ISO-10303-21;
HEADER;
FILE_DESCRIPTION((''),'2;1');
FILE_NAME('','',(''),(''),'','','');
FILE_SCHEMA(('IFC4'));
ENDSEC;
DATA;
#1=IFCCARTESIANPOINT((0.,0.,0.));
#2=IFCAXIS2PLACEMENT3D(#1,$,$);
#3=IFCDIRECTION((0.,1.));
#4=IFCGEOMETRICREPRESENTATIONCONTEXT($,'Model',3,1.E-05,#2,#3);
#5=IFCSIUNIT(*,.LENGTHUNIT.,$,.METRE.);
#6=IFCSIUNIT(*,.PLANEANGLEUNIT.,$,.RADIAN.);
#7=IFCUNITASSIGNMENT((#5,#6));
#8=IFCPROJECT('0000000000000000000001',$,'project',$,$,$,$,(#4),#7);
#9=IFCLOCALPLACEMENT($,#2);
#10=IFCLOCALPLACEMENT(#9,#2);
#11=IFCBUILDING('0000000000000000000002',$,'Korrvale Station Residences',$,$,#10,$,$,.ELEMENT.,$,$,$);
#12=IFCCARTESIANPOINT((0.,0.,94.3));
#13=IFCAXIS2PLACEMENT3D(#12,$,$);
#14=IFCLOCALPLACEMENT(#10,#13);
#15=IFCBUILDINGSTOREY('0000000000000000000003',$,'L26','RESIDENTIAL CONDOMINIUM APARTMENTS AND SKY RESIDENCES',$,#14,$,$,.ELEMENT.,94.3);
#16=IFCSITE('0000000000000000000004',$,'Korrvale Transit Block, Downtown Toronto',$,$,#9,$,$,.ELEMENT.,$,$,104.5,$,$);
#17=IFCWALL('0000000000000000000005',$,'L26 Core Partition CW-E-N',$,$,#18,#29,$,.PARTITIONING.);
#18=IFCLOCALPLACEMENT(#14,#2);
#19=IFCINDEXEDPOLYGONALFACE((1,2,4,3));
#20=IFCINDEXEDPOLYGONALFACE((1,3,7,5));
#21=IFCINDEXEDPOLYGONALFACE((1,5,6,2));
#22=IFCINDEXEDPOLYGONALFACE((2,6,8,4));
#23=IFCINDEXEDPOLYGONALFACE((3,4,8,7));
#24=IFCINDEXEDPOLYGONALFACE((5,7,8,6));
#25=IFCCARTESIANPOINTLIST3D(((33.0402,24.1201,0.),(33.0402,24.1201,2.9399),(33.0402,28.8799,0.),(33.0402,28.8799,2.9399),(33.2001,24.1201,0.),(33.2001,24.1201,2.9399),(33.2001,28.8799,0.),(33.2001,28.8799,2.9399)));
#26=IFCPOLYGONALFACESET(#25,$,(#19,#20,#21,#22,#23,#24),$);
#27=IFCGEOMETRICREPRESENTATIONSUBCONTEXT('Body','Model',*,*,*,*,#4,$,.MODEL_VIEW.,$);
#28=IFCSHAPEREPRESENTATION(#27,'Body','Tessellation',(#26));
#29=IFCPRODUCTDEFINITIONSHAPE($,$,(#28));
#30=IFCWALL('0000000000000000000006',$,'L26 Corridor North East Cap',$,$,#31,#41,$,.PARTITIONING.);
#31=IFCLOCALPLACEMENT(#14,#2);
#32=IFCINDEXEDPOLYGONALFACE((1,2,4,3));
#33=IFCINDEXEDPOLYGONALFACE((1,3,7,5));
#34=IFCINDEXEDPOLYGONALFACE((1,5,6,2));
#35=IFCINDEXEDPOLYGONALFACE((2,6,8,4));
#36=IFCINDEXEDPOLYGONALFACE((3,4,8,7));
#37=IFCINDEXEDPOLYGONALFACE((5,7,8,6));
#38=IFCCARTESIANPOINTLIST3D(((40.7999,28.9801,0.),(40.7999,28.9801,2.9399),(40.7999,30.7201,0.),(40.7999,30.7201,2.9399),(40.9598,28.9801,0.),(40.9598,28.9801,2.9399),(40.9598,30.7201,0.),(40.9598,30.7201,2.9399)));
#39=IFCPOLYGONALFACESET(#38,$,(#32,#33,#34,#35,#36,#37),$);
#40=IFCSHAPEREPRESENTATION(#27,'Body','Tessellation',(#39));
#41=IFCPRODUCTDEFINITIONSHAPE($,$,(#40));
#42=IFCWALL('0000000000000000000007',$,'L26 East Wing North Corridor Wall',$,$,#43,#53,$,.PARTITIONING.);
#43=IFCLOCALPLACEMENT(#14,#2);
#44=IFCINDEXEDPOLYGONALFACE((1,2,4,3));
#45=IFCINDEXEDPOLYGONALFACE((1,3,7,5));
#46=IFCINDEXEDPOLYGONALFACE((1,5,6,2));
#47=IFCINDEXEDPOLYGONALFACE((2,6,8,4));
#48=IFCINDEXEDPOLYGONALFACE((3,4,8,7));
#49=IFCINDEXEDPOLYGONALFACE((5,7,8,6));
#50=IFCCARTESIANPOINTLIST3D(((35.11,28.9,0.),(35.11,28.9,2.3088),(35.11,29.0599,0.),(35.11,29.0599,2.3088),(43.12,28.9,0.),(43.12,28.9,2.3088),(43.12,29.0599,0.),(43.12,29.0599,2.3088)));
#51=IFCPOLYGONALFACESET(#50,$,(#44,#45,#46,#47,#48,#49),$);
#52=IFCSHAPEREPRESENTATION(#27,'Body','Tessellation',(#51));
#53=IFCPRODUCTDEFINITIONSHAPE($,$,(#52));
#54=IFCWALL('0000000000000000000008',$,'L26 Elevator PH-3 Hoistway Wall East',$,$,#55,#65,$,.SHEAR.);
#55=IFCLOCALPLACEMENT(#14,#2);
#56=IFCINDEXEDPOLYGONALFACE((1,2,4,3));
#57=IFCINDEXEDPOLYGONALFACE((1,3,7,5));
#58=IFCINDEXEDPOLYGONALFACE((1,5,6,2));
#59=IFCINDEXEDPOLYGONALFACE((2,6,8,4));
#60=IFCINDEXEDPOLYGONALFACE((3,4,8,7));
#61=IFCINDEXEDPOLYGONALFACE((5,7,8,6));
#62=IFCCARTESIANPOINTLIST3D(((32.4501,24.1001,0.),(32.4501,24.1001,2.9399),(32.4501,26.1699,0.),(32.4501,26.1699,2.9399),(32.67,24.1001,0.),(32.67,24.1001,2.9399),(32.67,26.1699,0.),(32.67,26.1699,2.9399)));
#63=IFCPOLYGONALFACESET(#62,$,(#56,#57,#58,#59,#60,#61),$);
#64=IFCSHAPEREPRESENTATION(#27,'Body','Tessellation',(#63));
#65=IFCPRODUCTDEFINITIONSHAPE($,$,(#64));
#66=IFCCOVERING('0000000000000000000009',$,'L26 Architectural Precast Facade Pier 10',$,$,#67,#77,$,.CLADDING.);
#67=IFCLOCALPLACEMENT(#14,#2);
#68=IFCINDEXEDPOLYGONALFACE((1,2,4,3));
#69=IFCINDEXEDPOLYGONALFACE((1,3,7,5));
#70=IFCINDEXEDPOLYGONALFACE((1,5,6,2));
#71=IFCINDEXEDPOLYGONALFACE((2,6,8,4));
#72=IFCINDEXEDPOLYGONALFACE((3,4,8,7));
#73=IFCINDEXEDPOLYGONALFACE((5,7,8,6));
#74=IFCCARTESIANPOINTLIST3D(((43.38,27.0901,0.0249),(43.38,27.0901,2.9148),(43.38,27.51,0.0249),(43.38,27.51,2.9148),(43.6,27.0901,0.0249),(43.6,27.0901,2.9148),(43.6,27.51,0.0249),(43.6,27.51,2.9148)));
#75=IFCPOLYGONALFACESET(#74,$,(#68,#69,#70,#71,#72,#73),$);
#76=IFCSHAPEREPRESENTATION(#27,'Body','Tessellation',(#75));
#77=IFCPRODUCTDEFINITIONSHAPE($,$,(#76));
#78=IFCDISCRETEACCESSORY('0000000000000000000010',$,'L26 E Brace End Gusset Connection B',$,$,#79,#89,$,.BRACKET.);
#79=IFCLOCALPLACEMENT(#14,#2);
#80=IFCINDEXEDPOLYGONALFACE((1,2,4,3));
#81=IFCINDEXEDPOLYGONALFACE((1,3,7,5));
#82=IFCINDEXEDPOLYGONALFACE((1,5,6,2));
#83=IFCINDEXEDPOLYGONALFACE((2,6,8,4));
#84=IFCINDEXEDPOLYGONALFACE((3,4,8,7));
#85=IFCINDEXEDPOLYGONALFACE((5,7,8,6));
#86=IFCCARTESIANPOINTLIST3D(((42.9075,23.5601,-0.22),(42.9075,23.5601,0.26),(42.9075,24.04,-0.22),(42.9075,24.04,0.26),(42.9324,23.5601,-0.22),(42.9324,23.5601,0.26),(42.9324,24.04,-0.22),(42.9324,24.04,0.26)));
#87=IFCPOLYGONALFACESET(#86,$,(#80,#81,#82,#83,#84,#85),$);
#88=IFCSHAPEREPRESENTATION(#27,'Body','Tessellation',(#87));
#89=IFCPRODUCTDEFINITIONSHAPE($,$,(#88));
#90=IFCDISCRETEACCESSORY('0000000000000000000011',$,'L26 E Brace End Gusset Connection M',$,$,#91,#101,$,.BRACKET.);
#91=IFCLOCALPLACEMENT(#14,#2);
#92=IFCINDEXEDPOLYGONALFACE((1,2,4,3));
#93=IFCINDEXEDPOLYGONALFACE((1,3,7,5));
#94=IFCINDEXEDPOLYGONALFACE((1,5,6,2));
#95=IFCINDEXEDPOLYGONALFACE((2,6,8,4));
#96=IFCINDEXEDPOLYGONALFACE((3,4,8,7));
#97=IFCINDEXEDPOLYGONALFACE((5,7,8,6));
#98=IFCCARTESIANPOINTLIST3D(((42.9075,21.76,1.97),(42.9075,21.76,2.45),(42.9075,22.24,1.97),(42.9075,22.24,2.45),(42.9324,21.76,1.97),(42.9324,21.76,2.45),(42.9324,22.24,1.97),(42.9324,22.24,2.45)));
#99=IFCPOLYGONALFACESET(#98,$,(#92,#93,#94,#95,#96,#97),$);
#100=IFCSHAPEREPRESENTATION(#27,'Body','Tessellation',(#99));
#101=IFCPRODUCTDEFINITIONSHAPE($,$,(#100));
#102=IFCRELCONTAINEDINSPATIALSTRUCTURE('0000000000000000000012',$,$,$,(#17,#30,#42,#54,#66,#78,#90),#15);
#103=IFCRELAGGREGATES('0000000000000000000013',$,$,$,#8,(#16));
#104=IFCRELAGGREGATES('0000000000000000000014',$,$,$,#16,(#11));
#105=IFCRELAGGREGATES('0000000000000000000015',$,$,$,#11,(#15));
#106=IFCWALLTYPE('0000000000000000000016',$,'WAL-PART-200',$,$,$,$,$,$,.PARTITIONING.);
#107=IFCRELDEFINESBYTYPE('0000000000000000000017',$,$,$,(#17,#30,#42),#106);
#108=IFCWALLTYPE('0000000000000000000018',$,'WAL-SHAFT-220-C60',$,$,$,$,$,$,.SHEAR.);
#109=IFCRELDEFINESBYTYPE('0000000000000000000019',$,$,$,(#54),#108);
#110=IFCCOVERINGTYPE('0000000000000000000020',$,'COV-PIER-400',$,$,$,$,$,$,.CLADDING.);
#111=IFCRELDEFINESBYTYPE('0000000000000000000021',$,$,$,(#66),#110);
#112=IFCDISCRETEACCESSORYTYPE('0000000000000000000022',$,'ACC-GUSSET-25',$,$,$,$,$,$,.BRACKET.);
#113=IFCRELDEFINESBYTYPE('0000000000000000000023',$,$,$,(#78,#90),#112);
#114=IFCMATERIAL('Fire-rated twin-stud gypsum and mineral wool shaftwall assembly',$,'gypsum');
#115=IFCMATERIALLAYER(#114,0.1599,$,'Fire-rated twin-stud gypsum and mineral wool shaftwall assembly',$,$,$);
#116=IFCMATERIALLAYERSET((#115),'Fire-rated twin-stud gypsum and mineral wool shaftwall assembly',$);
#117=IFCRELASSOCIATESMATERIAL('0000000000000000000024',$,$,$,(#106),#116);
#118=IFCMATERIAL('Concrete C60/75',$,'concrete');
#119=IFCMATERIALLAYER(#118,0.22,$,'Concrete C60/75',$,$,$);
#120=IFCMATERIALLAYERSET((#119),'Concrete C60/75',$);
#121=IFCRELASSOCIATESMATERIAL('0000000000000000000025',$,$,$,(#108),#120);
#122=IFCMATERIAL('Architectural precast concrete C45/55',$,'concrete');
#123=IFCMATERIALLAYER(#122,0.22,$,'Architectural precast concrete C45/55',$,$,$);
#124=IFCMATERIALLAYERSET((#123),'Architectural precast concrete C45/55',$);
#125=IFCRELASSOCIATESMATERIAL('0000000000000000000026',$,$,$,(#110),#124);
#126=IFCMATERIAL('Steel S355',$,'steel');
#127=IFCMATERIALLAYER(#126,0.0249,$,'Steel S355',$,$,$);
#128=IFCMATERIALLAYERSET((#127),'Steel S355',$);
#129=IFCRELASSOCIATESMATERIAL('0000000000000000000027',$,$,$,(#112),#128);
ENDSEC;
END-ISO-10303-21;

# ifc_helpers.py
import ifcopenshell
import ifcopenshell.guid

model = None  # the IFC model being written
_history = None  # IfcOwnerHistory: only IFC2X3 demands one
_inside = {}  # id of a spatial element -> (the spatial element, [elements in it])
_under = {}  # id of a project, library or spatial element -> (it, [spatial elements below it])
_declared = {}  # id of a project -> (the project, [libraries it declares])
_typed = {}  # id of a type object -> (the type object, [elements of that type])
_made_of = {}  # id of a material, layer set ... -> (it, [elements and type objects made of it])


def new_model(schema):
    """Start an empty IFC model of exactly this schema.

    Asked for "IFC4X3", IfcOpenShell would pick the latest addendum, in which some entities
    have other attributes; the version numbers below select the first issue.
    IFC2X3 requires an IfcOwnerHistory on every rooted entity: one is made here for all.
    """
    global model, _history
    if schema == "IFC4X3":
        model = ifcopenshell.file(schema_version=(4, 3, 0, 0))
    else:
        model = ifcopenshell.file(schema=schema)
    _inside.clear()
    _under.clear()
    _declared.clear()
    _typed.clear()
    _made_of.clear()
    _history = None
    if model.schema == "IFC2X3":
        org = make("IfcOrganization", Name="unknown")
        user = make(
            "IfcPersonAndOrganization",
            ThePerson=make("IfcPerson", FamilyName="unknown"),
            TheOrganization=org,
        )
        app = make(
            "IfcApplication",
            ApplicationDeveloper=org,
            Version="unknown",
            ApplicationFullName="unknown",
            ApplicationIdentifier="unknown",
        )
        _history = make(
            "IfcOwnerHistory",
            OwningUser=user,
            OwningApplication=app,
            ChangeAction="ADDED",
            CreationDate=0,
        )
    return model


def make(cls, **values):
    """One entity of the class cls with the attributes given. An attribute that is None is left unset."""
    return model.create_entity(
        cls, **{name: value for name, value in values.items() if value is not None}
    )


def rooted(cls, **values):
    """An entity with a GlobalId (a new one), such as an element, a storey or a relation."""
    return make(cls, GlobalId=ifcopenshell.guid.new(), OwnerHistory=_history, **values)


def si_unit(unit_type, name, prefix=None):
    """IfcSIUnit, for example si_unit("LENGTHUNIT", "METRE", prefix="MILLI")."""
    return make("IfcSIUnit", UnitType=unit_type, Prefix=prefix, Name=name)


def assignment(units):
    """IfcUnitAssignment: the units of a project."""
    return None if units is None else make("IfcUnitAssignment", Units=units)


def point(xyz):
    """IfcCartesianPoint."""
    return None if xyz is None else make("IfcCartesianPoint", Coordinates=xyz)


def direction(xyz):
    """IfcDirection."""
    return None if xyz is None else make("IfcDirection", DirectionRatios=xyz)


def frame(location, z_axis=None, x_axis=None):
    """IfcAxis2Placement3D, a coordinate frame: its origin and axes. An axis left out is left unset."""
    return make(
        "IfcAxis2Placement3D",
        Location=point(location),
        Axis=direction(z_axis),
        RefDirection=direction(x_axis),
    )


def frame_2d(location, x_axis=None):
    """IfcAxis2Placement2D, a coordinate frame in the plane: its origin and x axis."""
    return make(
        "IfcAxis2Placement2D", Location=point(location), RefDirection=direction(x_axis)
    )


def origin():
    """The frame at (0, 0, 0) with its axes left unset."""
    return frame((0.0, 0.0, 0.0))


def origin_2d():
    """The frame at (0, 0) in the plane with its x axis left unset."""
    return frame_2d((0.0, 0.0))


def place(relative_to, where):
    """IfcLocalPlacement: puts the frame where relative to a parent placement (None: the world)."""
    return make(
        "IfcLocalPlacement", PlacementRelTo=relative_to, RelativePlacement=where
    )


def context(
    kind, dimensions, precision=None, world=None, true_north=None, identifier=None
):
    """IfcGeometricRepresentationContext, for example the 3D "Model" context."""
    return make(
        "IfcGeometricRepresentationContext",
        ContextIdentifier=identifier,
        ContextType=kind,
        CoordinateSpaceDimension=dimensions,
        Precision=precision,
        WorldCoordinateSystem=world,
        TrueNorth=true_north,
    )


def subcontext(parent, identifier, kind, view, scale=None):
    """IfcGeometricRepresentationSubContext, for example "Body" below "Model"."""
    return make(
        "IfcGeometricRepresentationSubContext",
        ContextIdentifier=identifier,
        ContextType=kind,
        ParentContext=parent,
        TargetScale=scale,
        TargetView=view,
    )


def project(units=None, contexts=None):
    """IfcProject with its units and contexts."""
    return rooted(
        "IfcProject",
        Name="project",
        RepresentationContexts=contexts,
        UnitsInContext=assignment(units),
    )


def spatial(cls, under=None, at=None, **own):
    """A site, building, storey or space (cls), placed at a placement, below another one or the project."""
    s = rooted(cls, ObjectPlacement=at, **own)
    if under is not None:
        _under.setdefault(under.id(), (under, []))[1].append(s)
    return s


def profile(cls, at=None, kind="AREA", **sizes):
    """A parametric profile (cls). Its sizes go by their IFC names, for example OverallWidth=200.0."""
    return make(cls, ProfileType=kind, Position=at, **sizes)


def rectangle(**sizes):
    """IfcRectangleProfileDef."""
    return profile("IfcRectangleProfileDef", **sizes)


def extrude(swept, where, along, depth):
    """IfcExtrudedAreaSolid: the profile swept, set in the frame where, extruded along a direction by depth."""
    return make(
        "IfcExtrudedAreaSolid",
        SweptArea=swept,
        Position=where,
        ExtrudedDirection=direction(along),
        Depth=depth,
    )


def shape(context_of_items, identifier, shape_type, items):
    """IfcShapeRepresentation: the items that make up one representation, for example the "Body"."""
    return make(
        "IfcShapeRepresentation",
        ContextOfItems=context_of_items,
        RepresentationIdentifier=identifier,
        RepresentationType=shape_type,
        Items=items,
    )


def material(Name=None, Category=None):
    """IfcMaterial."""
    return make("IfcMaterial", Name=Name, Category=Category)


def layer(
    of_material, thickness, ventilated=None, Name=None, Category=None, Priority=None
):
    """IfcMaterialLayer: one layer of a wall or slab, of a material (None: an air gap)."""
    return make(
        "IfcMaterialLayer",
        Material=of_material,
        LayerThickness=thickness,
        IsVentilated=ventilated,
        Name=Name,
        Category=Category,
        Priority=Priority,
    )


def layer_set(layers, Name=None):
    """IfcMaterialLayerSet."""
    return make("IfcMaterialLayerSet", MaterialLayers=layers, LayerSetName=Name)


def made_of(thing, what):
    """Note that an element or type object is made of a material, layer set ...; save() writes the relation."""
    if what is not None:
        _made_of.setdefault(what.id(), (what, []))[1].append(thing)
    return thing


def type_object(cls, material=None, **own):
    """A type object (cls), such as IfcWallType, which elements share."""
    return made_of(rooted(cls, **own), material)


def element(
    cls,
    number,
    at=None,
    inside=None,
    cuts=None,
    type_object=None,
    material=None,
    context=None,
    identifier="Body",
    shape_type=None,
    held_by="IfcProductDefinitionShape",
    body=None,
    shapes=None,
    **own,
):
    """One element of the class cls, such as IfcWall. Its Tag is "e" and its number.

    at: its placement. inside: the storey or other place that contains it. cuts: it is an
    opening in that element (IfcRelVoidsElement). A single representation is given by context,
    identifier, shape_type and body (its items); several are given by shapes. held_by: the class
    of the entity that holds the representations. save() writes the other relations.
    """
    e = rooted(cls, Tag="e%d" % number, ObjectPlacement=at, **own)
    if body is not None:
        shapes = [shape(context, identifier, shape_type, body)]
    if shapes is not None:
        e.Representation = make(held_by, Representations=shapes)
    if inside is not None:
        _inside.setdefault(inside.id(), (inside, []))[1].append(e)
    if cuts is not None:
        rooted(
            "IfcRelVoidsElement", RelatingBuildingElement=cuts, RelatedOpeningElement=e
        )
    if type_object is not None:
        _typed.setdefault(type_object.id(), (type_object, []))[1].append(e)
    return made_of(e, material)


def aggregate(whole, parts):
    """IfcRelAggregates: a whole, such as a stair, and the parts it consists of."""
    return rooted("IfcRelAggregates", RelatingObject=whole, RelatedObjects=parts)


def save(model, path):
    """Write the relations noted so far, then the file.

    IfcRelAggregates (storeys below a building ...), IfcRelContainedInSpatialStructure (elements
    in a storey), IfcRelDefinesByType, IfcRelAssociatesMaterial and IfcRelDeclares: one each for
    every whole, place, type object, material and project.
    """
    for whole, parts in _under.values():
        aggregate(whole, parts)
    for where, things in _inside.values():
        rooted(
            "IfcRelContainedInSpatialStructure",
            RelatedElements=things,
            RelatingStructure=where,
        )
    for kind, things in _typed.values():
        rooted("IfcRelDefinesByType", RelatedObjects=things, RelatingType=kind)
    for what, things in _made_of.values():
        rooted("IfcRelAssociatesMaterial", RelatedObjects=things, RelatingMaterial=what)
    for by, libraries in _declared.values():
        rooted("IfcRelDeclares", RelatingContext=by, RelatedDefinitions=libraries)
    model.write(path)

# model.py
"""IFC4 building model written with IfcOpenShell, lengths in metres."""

from ifc_helpers import new_model, si_unit, direction, frame, frame_2d, origin, origin_2d, place, context, subcontext, project, spatial, rectangle, extrude, material, layer, layer_set, type_object, element, save


model = new_model("IFC4")

# Units and contexts
model_context = context("Model", 3, precision=1e-05, world=origin(), true_north=direction((0.0, 1.0)))
body_context = subcontext(model_context, "Body", "Model", "MODEL_VIEW")
ifc_project = project(units=[si_unit("LENGTHUNIT", "METRE"), si_unit("PLANEANGLEUNIT", "RADIAN")], contexts=[model_context])

# Site, building, storey
site_placement = place(None, origin())
site = spatial("IfcSite", under=ifc_project, at=site_placement, Name="Korrvale Transit Block, Downtown Toronto", CompositionType="ELEMENT", RefElevation=104.5)
building_placement = place(site_placement, origin())
building = spatial("IfcBuilding", under=site, at=building_placement, Name="Korrvale Station Residences", CompositionType="ELEMENT")
storey_placement = place(building_placement, frame((0.0, 0.0, 94.3)))
storey = spatial("IfcBuildingStorey", under=building, at=storey_placement, Name="L26", Description="RESIDENTIAL CONDOMINIUM APARTMENTS AND SKY RESIDENCES", CompositionType="ELEMENT", Elevation=94.3)

# Shared definitions
ifc_material_1 = material(Name="Concrete C60/75", Category="concrete")

# Shared definitions
ifc_material_2 = material(Name="Steel S355", Category="steel")

# Walls
ifc_material_3 = material(Name="Fire-rated twin-stud gypsum and mineral wool shaftwall assembly", Category="gypsum")
ifc_layer_1 = layer(ifc_material_3, 0.1599, Name="Fire-rated twin-stud gypsum and mineral wool shaftwall assembly")
ifc_layer_set_1 = layer_set([ifc_layer_1], Name="Fire-rated twin-stud gypsum and mineral wool shaftwall assembly")
wall_type_1 = type_object("IfcWallType", Name="WAL-PART-200", PredefinedType="PARTITIONING", material=ifc_layer_set_1)
wall_1_placement = place(storey_placement, frame((33.1201, 24.1201, 0.0), z_axis=(0.0, 0.0, 1.0), x_axis=(0.0, 1.0, 0.0)))
element("IfcWall", 1, at=wall_1_placement, inside=storey, type_object=wall_type_1, Name="L26 Core Partition CW-E-N", PredefinedType="PARTITIONING", context=body_context, shape_type="SweptSolid", body=[
    extrude(rectangle(XDim=4.7598, YDim=0.1599, at=frame_2d((2.3799, 0.0))), origin(), (0.0, 0.0, 1.0), 2.9399),
])
wall_2_placement = place(storey_placement, frame((40.8799, 28.98, 0.0), z_axis=(0.0, 0.0, 1.0), x_axis=(0.0, 1.0, 0.0)))
element("IfcWall", 2, at=wall_2_placement, inside=storey, type_object=wall_type_1, Name="L26 Corridor North East Cap", PredefinedType="PARTITIONING", context=body_context, shape_type="SweptSolid", body=[
    extrude(rectangle(XDim=1.74, YDim=0.1599, at=frame_2d((0.8701, 0.0))), origin(), (0.0, 0.0, 1.0), 2.9399),
])
wall_3_placement = place(storey_placement, frame((35.1101, 28.98, 0.0), z_axis=(0.0, 0.0, 1.0), x_axis=(1.0, 0.0, 0.0)))
element("IfcWall", 3, at=wall_3_placement, inside=storey, type_object=wall_type_1, Name="L26 East Wing North Corridor Wall", PredefinedType="PARTITIONING", context=body_context, shape_type="SweptSolid", body=[
    extrude(rectangle(XDim=8.01, YDim=0.1599, at=frame_2d((4.0049, 0.0))), origin(), (0.0, 0.0, 1.0), 2.3088),
])
ifc_layer_2 = layer(ifc_material_1, 0.22, Name="Concrete C60/75")
ifc_layer_set_2 = layer_set([ifc_layer_2], Name="Concrete C60/75")
wall_type_2 = type_object("IfcWallType", Name="WAL-SHAFT-220-C60", PredefinedType="SHEAR", material=ifc_layer_set_2)
wall_4_placement = place(storey_placement, frame((32.5601, 24.1001, 0.0), z_axis=(0.0, 0.0, 1.0), x_axis=(0.0, 1.0, 0.0)))
element("IfcWall", 4, at=wall_4_placement, inside=storey, type_object=wall_type_2, Name="L26 Elevator PH-3 Hoistway Wall East", PredefinedType="SHEAR", context=body_context, shape_type="SweptSolid", body=[
    extrude(rectangle(XDim=2.0698, YDim=0.22, at=frame_2d((1.0349, 0.0))), origin(), (0.0, 0.0, 1.0), 2.9399),
])

# Covering
ifc_material_4 = material(Name="Architectural precast concrete C45/55", Category="concrete")
ifc_layer_3 = layer(ifc_material_4, 0.22, Name="Architectural precast concrete C45/55")
ifc_layer_set_3 = layer_set([ifc_layer_3], Name="Architectural precast concrete C45/55")
covering_type = type_object("IfcCoveringType", Name="COV-PIER-400", PredefinedType="CLADDING", material=ifc_layer_set_3)
covering_placement = place(storey_placement, frame((43.49, 27.3, 0.0249), z_axis=(0.0, 0.0, 1.0), x_axis=(0.0, 1.0, 0.0)))
element("IfcCovering", 5, at=covering_placement, inside=storey, type_object=covering_type, Name="L26 Architectural Precast Facade Pier 10", PredefinedType="CLADDING", context=body_context, shape_type="SweptSolid", body=[
    extrude(rectangle(XDim=0.4199, YDim=0.22, at=origin_2d()), origin(), (0.0, 0.0, 1.0), 2.8899),
])

# Discrete accessories
ifc_layer_4 = layer(ifc_material_2, 0.0249, Name="Steel S355")
ifc_layer_set_4 = layer_set([ifc_layer_4], Name="Steel S355")
discrete_accessory_type = type_object("IfcDiscreteAccessoryType", Name="ACC-GUSSET-25", PredefinedType="BRACKET", material=ifc_layer_set_4)
for number, where, z_axis, x_axis, name in (
    (6, (42.9199, 23.8, -0.22), (0.0, 0.0, 1.0), (0.0, 1.0, 0.0), "L26 E Brace End Gusset Connection B"),
    (7, (42.9199, 22.0, 1.97), (0.0, 0.0, 1.0), (0.0, 1.0, 0.0), "L26 E Brace End Gusset Connection M"),
):
    element("IfcDiscreteAccessory", number, at=place(storey_placement, frame(where, z_axis=z_axis, x_axis=x_axis)), inside=storey, type_object=discrete_accessory_type, Name=name, PredefinedType="BRACKET", context=body_context, shape_type="SweptSolid", body=[
        extrude(rectangle(XDim=0.48, YDim=0.0249, at=origin_2d()), origin(), (0.0, 0.0, 1.0), 0.48),
    ])

save(model, "model.ifc")
